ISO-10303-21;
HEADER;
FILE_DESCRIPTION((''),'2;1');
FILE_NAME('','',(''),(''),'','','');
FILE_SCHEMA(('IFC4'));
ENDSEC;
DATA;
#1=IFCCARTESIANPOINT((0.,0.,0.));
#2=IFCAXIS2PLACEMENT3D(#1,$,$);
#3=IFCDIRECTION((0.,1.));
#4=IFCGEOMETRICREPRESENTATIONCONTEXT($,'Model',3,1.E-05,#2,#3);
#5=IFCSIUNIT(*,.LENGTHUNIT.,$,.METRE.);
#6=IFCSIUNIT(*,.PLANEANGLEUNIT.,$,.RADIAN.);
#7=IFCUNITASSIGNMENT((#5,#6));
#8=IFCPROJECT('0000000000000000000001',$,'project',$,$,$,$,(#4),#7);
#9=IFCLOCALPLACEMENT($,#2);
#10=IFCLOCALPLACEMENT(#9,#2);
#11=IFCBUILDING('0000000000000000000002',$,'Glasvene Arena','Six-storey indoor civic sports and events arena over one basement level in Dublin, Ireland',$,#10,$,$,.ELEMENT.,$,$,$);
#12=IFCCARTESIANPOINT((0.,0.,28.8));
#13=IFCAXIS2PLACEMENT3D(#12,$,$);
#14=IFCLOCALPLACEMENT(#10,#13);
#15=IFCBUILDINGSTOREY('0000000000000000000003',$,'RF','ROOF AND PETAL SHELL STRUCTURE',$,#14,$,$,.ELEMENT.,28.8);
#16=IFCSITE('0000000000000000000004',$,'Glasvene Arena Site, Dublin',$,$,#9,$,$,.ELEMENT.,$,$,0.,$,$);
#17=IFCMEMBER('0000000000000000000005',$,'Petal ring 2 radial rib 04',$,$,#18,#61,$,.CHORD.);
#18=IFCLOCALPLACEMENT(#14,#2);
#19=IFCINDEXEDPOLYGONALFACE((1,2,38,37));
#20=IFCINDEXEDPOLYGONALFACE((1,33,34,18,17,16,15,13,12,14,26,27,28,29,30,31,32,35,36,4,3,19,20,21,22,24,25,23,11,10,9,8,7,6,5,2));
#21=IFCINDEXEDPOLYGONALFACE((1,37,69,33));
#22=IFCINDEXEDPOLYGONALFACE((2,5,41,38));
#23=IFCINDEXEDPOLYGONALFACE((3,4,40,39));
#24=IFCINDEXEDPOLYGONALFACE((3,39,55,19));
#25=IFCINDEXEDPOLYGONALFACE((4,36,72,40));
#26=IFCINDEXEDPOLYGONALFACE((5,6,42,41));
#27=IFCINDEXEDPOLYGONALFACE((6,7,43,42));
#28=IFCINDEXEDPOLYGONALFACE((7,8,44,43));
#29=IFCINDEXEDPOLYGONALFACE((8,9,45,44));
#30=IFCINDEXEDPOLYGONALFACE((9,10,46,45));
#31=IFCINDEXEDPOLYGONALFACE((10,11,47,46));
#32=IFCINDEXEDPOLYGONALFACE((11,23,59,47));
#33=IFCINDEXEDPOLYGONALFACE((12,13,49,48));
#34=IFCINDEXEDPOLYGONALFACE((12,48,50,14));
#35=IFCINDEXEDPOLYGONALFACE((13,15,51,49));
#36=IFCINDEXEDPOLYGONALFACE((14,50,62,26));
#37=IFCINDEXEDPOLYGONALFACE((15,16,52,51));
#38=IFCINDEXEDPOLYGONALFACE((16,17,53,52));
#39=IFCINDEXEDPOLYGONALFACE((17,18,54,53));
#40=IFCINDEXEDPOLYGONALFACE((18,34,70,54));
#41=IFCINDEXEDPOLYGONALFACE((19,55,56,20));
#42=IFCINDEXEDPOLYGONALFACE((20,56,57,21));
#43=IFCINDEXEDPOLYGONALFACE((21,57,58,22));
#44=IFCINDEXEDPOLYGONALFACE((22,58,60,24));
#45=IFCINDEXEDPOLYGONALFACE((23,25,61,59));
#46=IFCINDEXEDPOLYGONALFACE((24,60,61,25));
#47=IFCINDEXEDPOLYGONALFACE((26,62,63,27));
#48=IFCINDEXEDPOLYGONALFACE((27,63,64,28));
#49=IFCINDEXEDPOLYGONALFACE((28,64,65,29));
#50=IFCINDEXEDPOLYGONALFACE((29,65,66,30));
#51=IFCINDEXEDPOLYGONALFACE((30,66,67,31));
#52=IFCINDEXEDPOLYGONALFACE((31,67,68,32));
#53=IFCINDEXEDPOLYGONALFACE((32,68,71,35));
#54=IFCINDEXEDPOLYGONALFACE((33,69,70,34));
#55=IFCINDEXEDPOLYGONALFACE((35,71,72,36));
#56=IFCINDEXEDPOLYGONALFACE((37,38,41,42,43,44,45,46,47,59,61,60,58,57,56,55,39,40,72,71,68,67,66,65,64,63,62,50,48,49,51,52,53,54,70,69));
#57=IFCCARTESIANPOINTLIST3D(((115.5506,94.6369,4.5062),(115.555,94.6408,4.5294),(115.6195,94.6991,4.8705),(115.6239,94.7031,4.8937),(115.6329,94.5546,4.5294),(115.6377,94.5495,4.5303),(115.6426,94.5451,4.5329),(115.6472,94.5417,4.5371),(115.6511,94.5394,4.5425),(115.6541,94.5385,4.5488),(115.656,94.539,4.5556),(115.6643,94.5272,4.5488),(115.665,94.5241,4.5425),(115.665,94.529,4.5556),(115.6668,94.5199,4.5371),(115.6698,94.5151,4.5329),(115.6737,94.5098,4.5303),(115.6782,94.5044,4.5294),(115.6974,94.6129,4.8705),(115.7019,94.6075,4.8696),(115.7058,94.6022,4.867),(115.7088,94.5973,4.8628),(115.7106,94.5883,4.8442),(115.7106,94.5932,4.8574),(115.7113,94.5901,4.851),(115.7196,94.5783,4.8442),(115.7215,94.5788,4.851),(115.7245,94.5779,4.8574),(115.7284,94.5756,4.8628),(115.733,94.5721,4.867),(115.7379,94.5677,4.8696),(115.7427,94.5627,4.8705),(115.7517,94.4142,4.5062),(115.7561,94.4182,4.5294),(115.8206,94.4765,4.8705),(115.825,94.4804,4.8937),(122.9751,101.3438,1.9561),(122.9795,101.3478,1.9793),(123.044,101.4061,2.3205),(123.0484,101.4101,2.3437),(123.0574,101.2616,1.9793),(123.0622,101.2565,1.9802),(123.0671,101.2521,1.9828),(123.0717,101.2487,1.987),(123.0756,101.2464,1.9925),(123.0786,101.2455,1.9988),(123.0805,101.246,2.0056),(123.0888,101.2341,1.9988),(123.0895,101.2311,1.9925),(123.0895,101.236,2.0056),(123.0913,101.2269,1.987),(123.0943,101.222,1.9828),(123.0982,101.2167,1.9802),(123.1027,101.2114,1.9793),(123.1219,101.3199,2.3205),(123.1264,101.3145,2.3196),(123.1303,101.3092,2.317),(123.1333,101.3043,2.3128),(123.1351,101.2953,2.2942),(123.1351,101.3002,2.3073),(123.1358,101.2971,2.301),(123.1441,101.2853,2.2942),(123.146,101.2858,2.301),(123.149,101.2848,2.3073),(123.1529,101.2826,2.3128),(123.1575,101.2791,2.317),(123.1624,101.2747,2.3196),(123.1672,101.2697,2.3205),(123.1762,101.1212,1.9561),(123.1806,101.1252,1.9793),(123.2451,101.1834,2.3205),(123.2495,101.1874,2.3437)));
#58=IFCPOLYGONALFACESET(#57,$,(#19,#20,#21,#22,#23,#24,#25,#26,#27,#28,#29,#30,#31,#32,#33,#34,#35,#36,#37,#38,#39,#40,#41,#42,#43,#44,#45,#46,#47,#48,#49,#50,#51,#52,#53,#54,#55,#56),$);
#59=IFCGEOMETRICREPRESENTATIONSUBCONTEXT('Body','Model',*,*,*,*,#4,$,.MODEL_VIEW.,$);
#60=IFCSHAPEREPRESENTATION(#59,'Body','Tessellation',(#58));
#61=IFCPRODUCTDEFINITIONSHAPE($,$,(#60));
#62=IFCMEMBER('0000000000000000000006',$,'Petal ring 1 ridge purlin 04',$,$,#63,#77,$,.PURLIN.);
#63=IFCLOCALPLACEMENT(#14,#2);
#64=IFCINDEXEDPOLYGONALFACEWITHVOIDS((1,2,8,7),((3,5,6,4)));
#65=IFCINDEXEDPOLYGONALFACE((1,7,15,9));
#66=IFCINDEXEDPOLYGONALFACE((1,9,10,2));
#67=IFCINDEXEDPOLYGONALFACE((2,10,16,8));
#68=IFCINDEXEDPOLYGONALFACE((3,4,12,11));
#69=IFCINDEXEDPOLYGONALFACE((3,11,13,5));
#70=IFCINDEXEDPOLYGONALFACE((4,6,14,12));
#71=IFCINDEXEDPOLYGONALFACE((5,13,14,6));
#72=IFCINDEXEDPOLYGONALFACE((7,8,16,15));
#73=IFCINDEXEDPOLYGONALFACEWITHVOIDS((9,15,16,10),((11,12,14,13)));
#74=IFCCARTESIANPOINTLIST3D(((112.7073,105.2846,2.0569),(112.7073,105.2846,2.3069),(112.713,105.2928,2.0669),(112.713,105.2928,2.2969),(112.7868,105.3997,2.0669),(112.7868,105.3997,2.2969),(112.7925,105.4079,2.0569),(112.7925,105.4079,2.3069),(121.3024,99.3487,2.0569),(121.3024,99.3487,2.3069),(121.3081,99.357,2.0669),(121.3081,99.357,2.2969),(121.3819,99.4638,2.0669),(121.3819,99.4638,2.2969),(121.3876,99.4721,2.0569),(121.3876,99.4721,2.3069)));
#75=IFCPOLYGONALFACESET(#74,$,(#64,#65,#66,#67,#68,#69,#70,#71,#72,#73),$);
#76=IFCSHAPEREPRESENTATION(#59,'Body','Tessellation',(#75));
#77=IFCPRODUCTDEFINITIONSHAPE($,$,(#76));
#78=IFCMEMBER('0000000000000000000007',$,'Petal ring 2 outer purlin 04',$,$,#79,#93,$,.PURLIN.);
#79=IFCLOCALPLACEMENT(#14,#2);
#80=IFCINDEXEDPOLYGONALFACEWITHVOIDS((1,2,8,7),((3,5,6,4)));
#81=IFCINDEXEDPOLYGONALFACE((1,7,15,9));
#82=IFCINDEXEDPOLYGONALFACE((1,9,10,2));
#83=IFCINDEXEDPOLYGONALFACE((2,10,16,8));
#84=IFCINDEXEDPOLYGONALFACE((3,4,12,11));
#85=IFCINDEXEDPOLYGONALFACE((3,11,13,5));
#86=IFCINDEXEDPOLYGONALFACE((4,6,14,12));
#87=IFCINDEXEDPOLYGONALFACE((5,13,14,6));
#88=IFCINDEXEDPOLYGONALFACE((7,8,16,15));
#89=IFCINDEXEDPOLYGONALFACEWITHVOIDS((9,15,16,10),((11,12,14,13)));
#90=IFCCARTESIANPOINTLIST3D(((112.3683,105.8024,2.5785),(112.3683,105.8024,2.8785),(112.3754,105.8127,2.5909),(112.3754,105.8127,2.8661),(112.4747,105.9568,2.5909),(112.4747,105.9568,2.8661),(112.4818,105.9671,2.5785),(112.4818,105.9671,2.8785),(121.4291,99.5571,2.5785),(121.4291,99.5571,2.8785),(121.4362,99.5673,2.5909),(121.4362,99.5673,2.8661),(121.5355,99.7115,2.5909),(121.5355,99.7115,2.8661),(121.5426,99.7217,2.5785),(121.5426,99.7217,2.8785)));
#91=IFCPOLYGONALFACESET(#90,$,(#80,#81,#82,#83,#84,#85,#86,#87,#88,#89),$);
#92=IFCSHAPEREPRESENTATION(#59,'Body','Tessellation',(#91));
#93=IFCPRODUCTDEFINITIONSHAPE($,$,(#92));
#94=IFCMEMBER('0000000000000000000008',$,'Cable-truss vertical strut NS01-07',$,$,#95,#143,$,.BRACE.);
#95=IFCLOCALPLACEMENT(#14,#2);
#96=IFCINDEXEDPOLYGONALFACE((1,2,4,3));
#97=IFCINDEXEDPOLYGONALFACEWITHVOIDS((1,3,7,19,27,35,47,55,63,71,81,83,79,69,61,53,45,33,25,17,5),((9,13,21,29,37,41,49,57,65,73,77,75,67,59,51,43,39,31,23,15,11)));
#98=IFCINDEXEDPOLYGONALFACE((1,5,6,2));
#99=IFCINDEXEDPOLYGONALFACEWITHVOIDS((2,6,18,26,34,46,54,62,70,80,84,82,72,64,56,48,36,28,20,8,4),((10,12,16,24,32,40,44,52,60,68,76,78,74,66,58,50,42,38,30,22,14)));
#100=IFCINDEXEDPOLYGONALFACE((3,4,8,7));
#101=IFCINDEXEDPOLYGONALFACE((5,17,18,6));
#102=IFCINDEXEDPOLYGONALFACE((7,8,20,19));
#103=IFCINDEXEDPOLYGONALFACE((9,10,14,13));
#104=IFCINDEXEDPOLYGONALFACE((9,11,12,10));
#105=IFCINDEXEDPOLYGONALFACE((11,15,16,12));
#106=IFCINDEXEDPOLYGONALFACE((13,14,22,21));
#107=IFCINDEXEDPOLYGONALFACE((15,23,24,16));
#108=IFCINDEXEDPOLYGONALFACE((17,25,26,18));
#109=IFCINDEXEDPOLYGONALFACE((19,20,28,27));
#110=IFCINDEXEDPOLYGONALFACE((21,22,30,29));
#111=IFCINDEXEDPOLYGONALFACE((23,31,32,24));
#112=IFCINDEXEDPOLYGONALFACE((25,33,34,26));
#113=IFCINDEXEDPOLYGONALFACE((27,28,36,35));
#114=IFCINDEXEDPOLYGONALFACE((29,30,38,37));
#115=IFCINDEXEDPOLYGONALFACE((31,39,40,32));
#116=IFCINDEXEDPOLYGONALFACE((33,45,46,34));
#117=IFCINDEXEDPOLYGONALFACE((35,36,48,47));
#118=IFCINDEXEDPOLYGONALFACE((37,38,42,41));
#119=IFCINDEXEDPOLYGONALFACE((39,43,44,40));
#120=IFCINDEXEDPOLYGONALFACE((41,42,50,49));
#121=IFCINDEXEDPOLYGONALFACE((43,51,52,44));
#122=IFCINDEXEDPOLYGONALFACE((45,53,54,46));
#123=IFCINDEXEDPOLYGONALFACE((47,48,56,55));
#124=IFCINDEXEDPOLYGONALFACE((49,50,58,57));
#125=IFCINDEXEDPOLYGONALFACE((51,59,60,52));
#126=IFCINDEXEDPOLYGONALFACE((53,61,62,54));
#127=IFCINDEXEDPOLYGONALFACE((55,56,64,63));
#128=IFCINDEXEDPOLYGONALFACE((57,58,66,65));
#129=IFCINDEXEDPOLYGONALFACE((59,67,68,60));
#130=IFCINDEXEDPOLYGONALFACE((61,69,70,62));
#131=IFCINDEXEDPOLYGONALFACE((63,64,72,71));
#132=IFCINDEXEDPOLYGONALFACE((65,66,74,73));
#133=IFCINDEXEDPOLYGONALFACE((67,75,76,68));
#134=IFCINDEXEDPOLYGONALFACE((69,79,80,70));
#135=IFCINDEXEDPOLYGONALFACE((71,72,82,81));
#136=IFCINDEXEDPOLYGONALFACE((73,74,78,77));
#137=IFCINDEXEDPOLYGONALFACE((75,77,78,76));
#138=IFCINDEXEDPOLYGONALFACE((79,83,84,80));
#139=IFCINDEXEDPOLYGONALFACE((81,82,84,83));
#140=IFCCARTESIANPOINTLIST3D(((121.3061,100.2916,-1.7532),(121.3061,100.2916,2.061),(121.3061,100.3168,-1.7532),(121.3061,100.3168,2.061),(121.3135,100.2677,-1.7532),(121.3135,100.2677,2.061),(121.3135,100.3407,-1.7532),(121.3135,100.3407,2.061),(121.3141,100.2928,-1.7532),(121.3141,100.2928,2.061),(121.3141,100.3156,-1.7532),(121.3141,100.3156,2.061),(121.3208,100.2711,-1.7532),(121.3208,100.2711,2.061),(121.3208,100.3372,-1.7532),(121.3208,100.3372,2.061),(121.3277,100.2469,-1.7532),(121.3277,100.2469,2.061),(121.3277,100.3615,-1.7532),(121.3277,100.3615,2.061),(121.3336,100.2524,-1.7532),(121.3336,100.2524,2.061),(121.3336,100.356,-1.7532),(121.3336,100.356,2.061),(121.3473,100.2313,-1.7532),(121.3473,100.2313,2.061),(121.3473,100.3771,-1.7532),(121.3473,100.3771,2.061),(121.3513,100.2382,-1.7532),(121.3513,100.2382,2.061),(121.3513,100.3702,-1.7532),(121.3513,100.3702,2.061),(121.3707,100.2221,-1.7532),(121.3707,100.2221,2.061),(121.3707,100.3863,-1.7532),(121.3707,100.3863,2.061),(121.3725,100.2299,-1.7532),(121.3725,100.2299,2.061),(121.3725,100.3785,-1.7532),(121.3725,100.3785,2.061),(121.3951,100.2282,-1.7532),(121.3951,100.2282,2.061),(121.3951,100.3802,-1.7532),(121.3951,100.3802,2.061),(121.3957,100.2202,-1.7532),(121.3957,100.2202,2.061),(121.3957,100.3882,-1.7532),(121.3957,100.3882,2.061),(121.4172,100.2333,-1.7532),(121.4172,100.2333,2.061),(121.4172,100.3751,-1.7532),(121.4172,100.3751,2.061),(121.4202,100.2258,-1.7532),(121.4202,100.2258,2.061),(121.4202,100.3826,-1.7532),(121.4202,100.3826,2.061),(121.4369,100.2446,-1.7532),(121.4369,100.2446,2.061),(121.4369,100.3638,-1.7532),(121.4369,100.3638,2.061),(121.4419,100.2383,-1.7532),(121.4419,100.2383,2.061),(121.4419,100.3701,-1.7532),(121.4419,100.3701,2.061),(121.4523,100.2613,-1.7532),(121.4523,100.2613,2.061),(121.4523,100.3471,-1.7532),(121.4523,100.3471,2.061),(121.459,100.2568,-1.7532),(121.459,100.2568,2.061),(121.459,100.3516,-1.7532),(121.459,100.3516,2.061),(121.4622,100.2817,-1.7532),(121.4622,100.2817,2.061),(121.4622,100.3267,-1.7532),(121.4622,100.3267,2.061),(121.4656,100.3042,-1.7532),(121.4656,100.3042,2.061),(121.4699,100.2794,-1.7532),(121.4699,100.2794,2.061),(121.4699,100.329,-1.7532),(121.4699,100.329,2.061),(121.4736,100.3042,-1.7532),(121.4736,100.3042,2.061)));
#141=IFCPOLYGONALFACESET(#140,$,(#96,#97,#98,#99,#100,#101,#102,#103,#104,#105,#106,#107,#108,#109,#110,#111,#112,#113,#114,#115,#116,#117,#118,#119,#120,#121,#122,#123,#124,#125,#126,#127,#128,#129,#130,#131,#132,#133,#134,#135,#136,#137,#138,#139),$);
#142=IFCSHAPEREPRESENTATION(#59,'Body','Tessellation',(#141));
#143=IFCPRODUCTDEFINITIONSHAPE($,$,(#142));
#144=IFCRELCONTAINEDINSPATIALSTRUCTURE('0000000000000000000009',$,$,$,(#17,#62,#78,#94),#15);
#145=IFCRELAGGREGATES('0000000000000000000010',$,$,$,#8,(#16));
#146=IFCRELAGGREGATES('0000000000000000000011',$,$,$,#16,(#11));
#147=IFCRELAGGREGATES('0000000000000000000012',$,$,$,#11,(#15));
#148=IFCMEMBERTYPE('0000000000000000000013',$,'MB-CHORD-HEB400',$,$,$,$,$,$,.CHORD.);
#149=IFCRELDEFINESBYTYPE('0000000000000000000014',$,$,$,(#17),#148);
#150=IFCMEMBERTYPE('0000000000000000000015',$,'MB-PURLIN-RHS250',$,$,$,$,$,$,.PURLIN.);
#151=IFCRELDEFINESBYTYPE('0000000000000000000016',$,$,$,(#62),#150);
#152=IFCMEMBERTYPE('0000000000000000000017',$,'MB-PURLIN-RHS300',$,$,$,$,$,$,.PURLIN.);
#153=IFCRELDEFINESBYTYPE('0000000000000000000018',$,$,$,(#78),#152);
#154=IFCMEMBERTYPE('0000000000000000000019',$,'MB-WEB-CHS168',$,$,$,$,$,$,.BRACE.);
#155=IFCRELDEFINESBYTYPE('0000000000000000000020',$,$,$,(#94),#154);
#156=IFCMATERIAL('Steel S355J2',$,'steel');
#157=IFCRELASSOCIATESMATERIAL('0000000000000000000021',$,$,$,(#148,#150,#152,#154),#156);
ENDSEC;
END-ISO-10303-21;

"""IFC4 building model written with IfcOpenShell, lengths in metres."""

from ifc_helpers import new_model, si_unit, direction, frame, origin, origin_2d, place, context, subcontext, project, spatial, hollow_rectangle, hollow_circle, i_section, extrude, material, material_profile, profile_set, type_object, element, save


model = new_model("IFC4")

# Units and contexts
model_context = context("Model", 3, precision=1e-05, world=origin(), true_north=direction((0.0, 1.0)))
body_context = subcontext(model_context, "Body", "Model", "MODEL_VIEW")
ifc_project = project(units=[si_unit("LENGTHUNIT", "METRE"), si_unit("PLANEANGLEUNIT", "RADIAN")], contexts=[model_context])

# Site, building, storey
site_placement = place(None, origin())
site = spatial("IfcSite", under=ifc_project, at=site_placement, Name="Glasvene Arena Site, Dublin", CompositionType="ELEMENT", RefElevation=0.0)
building_placement = place(site_placement, origin())
building = spatial("IfcBuilding", under=site, at=building_placement, Name="Glasvene Arena", Description="Six-storey indoor civic sports and events arena over one basement level in Dublin, Ireland", CompositionType="ELEMENT")
storey_placement = place(building_placement, frame((0.0, 0.0, 28.8)))
storey = spatial("IfcBuildingStorey", under=building, at=storey_placement, Name="RF", Description="ROOF AND PETAL SHELL STRUCTURE", CompositionType="ELEMENT", Elevation=28.8)

# Members
ifc_material_1 = material(Name="Steel S355J2", Category="steel")
ifc_material_profile_1 = material_profile(ifc_material_1, i_section(OverallWidth=0.3, OverallDepth=0.3999, WebThickness=0.0134, FlangeThickness=0.0239, FilletRadius=0.0271, at=origin_2d()), Name="HEB 400")
ifc_profile_set_1 = profile_set([ifc_material_profile_1], Name="Steel S355J2")
member_type_1 = type_object("IfcMemberType", Name="MB-CHORD-HEB400", PredefinedType="CHORD", material=ifc_profile_set_1)
member_1_placement = place(storey_placement, frame((123.1123, 101.2656, 2.1499), z_axis=(-0.719067, -0.649575, 0.246972), x_axis=(0.67034, -0.742054, 0.0)))
element("IfcMember", 1, at=member_1_placement, inside=storey, type_object=member_type_1, Name="Petal ring 2 radial rib 04", PredefinedType="CHORD", context=body_context, shape_type="SweptSolid", body=[
    extrude(i_section(OverallWidth=0.3, OverallDepth=0.3999, WebThickness=0.0134, FlangeThickness=0.0239, FilletRadius=0.0271, at=origin_2d()), origin(), (0.0, 0.0, 1.0), 10.3252),
])
ifc_material_profile_2 = material_profile(ifc_material_1, hollow_rectangle(XDim=0.1499, YDim=0.25, WallThickness=0.01, at=origin_2d()), Name="RHS 250x150x10.0")
ifc_profile_set_2 = profile_set([ifc_material_profile_2], Name="Steel S355J2")
member_type_2 = type_object("IfcMemberType", Name="MB-PURLIN-RHS250", PredefinedType="PURLIN", material=ifc_profile_set_2)
member_2_placement = place(storey_placement, frame((121.345, 99.4104, 2.1819), z_axis=(-0.822845, 0.568266, 0.0), x_axis=(-0.568266, -0.822845, 0.0)))
element("IfcMember", 2, at=member_2_placement, inside=storey, type_object=member_type_2, Name="Petal ring 1 ridge purlin 04", PredefinedType="PURLIN", context=body_context, shape_type="SweptSolid", body=[
    extrude(hollow_rectangle(XDim=0.1499, YDim=0.25, WallThickness=0.01, at=origin_2d()), origin(), (0.0, 0.0, 1.0), 10.4456),
])
ifc_material_profile_3 = material_profile(ifc_material_1, hollow_rectangle(XDim=0.2, YDim=0.3, WallThickness=0.0125, at=origin_2d()), Name="RHS 300x200x12.5")
ifc_profile_set_3 = profile_set([ifc_material_profile_3], Name="Steel S355J2")
member_type_3 = type_object("IfcMemberType", Name="MB-PURLIN-RHS300", PredefinedType="PURLIN", material=ifc_profile_set_3)
member_3_placement = place(storey_placement, frame((121.4858, 99.6394, 2.7285), z_axis=(-0.82336, 0.56752, 0.0), x_axis=(-0.56752, -0.82336, 0.0)))
element("IfcMember", 3, at=member_3_placement, inside=storey, type_object=member_type_3, Name="Petal ring 2 outer purlin 04", PredefinedType="PURLIN", context=body_context, shape_type="SweptSolid", body=[
    extrude(hollow_rectangle(XDim=0.2, YDim=0.3, WallThickness=0.0125, at=origin_2d()), origin(), (0.0, 0.0, 1.0), 11.0046),
])
ifc_material_profile_4 = material_profile(ifc_material_1, hollow_circle(Radius=0.0842, WallThickness=0.0081, at=origin_2d()), Name="CHS 168.3x8.0")
ifc_profile_set_4 = profile_set([ifc_material_profile_4], Name="Steel S355J2")
member_type_4 = type_object("IfcMemberType", Name="MB-WEB-CHS168", PredefinedType="BRACE", material=ifc_profile_set_4)
member_4_placement = place(storey_placement, frame((121.3894, 100.3042, -1.7532), z_axis=(0.0, 0.0, 1.0), x_axis=(1.0, 0.0, 0.0)))
element("IfcMember", 4, at=member_4_placement, inside=storey, type_object=member_type_4, Name="Cable-truss vertical strut NS01-07", PredefinedType="BRACE", context=body_context, shape_type="SweptSolid", body=[
    extrude(hollow_circle(Radius=0.0842, WallThickness=0.0081, at=origin_2d()), origin(), (0.0, 0.0, 1.0), 3.8142),
])

save(model, "model.ifc")
